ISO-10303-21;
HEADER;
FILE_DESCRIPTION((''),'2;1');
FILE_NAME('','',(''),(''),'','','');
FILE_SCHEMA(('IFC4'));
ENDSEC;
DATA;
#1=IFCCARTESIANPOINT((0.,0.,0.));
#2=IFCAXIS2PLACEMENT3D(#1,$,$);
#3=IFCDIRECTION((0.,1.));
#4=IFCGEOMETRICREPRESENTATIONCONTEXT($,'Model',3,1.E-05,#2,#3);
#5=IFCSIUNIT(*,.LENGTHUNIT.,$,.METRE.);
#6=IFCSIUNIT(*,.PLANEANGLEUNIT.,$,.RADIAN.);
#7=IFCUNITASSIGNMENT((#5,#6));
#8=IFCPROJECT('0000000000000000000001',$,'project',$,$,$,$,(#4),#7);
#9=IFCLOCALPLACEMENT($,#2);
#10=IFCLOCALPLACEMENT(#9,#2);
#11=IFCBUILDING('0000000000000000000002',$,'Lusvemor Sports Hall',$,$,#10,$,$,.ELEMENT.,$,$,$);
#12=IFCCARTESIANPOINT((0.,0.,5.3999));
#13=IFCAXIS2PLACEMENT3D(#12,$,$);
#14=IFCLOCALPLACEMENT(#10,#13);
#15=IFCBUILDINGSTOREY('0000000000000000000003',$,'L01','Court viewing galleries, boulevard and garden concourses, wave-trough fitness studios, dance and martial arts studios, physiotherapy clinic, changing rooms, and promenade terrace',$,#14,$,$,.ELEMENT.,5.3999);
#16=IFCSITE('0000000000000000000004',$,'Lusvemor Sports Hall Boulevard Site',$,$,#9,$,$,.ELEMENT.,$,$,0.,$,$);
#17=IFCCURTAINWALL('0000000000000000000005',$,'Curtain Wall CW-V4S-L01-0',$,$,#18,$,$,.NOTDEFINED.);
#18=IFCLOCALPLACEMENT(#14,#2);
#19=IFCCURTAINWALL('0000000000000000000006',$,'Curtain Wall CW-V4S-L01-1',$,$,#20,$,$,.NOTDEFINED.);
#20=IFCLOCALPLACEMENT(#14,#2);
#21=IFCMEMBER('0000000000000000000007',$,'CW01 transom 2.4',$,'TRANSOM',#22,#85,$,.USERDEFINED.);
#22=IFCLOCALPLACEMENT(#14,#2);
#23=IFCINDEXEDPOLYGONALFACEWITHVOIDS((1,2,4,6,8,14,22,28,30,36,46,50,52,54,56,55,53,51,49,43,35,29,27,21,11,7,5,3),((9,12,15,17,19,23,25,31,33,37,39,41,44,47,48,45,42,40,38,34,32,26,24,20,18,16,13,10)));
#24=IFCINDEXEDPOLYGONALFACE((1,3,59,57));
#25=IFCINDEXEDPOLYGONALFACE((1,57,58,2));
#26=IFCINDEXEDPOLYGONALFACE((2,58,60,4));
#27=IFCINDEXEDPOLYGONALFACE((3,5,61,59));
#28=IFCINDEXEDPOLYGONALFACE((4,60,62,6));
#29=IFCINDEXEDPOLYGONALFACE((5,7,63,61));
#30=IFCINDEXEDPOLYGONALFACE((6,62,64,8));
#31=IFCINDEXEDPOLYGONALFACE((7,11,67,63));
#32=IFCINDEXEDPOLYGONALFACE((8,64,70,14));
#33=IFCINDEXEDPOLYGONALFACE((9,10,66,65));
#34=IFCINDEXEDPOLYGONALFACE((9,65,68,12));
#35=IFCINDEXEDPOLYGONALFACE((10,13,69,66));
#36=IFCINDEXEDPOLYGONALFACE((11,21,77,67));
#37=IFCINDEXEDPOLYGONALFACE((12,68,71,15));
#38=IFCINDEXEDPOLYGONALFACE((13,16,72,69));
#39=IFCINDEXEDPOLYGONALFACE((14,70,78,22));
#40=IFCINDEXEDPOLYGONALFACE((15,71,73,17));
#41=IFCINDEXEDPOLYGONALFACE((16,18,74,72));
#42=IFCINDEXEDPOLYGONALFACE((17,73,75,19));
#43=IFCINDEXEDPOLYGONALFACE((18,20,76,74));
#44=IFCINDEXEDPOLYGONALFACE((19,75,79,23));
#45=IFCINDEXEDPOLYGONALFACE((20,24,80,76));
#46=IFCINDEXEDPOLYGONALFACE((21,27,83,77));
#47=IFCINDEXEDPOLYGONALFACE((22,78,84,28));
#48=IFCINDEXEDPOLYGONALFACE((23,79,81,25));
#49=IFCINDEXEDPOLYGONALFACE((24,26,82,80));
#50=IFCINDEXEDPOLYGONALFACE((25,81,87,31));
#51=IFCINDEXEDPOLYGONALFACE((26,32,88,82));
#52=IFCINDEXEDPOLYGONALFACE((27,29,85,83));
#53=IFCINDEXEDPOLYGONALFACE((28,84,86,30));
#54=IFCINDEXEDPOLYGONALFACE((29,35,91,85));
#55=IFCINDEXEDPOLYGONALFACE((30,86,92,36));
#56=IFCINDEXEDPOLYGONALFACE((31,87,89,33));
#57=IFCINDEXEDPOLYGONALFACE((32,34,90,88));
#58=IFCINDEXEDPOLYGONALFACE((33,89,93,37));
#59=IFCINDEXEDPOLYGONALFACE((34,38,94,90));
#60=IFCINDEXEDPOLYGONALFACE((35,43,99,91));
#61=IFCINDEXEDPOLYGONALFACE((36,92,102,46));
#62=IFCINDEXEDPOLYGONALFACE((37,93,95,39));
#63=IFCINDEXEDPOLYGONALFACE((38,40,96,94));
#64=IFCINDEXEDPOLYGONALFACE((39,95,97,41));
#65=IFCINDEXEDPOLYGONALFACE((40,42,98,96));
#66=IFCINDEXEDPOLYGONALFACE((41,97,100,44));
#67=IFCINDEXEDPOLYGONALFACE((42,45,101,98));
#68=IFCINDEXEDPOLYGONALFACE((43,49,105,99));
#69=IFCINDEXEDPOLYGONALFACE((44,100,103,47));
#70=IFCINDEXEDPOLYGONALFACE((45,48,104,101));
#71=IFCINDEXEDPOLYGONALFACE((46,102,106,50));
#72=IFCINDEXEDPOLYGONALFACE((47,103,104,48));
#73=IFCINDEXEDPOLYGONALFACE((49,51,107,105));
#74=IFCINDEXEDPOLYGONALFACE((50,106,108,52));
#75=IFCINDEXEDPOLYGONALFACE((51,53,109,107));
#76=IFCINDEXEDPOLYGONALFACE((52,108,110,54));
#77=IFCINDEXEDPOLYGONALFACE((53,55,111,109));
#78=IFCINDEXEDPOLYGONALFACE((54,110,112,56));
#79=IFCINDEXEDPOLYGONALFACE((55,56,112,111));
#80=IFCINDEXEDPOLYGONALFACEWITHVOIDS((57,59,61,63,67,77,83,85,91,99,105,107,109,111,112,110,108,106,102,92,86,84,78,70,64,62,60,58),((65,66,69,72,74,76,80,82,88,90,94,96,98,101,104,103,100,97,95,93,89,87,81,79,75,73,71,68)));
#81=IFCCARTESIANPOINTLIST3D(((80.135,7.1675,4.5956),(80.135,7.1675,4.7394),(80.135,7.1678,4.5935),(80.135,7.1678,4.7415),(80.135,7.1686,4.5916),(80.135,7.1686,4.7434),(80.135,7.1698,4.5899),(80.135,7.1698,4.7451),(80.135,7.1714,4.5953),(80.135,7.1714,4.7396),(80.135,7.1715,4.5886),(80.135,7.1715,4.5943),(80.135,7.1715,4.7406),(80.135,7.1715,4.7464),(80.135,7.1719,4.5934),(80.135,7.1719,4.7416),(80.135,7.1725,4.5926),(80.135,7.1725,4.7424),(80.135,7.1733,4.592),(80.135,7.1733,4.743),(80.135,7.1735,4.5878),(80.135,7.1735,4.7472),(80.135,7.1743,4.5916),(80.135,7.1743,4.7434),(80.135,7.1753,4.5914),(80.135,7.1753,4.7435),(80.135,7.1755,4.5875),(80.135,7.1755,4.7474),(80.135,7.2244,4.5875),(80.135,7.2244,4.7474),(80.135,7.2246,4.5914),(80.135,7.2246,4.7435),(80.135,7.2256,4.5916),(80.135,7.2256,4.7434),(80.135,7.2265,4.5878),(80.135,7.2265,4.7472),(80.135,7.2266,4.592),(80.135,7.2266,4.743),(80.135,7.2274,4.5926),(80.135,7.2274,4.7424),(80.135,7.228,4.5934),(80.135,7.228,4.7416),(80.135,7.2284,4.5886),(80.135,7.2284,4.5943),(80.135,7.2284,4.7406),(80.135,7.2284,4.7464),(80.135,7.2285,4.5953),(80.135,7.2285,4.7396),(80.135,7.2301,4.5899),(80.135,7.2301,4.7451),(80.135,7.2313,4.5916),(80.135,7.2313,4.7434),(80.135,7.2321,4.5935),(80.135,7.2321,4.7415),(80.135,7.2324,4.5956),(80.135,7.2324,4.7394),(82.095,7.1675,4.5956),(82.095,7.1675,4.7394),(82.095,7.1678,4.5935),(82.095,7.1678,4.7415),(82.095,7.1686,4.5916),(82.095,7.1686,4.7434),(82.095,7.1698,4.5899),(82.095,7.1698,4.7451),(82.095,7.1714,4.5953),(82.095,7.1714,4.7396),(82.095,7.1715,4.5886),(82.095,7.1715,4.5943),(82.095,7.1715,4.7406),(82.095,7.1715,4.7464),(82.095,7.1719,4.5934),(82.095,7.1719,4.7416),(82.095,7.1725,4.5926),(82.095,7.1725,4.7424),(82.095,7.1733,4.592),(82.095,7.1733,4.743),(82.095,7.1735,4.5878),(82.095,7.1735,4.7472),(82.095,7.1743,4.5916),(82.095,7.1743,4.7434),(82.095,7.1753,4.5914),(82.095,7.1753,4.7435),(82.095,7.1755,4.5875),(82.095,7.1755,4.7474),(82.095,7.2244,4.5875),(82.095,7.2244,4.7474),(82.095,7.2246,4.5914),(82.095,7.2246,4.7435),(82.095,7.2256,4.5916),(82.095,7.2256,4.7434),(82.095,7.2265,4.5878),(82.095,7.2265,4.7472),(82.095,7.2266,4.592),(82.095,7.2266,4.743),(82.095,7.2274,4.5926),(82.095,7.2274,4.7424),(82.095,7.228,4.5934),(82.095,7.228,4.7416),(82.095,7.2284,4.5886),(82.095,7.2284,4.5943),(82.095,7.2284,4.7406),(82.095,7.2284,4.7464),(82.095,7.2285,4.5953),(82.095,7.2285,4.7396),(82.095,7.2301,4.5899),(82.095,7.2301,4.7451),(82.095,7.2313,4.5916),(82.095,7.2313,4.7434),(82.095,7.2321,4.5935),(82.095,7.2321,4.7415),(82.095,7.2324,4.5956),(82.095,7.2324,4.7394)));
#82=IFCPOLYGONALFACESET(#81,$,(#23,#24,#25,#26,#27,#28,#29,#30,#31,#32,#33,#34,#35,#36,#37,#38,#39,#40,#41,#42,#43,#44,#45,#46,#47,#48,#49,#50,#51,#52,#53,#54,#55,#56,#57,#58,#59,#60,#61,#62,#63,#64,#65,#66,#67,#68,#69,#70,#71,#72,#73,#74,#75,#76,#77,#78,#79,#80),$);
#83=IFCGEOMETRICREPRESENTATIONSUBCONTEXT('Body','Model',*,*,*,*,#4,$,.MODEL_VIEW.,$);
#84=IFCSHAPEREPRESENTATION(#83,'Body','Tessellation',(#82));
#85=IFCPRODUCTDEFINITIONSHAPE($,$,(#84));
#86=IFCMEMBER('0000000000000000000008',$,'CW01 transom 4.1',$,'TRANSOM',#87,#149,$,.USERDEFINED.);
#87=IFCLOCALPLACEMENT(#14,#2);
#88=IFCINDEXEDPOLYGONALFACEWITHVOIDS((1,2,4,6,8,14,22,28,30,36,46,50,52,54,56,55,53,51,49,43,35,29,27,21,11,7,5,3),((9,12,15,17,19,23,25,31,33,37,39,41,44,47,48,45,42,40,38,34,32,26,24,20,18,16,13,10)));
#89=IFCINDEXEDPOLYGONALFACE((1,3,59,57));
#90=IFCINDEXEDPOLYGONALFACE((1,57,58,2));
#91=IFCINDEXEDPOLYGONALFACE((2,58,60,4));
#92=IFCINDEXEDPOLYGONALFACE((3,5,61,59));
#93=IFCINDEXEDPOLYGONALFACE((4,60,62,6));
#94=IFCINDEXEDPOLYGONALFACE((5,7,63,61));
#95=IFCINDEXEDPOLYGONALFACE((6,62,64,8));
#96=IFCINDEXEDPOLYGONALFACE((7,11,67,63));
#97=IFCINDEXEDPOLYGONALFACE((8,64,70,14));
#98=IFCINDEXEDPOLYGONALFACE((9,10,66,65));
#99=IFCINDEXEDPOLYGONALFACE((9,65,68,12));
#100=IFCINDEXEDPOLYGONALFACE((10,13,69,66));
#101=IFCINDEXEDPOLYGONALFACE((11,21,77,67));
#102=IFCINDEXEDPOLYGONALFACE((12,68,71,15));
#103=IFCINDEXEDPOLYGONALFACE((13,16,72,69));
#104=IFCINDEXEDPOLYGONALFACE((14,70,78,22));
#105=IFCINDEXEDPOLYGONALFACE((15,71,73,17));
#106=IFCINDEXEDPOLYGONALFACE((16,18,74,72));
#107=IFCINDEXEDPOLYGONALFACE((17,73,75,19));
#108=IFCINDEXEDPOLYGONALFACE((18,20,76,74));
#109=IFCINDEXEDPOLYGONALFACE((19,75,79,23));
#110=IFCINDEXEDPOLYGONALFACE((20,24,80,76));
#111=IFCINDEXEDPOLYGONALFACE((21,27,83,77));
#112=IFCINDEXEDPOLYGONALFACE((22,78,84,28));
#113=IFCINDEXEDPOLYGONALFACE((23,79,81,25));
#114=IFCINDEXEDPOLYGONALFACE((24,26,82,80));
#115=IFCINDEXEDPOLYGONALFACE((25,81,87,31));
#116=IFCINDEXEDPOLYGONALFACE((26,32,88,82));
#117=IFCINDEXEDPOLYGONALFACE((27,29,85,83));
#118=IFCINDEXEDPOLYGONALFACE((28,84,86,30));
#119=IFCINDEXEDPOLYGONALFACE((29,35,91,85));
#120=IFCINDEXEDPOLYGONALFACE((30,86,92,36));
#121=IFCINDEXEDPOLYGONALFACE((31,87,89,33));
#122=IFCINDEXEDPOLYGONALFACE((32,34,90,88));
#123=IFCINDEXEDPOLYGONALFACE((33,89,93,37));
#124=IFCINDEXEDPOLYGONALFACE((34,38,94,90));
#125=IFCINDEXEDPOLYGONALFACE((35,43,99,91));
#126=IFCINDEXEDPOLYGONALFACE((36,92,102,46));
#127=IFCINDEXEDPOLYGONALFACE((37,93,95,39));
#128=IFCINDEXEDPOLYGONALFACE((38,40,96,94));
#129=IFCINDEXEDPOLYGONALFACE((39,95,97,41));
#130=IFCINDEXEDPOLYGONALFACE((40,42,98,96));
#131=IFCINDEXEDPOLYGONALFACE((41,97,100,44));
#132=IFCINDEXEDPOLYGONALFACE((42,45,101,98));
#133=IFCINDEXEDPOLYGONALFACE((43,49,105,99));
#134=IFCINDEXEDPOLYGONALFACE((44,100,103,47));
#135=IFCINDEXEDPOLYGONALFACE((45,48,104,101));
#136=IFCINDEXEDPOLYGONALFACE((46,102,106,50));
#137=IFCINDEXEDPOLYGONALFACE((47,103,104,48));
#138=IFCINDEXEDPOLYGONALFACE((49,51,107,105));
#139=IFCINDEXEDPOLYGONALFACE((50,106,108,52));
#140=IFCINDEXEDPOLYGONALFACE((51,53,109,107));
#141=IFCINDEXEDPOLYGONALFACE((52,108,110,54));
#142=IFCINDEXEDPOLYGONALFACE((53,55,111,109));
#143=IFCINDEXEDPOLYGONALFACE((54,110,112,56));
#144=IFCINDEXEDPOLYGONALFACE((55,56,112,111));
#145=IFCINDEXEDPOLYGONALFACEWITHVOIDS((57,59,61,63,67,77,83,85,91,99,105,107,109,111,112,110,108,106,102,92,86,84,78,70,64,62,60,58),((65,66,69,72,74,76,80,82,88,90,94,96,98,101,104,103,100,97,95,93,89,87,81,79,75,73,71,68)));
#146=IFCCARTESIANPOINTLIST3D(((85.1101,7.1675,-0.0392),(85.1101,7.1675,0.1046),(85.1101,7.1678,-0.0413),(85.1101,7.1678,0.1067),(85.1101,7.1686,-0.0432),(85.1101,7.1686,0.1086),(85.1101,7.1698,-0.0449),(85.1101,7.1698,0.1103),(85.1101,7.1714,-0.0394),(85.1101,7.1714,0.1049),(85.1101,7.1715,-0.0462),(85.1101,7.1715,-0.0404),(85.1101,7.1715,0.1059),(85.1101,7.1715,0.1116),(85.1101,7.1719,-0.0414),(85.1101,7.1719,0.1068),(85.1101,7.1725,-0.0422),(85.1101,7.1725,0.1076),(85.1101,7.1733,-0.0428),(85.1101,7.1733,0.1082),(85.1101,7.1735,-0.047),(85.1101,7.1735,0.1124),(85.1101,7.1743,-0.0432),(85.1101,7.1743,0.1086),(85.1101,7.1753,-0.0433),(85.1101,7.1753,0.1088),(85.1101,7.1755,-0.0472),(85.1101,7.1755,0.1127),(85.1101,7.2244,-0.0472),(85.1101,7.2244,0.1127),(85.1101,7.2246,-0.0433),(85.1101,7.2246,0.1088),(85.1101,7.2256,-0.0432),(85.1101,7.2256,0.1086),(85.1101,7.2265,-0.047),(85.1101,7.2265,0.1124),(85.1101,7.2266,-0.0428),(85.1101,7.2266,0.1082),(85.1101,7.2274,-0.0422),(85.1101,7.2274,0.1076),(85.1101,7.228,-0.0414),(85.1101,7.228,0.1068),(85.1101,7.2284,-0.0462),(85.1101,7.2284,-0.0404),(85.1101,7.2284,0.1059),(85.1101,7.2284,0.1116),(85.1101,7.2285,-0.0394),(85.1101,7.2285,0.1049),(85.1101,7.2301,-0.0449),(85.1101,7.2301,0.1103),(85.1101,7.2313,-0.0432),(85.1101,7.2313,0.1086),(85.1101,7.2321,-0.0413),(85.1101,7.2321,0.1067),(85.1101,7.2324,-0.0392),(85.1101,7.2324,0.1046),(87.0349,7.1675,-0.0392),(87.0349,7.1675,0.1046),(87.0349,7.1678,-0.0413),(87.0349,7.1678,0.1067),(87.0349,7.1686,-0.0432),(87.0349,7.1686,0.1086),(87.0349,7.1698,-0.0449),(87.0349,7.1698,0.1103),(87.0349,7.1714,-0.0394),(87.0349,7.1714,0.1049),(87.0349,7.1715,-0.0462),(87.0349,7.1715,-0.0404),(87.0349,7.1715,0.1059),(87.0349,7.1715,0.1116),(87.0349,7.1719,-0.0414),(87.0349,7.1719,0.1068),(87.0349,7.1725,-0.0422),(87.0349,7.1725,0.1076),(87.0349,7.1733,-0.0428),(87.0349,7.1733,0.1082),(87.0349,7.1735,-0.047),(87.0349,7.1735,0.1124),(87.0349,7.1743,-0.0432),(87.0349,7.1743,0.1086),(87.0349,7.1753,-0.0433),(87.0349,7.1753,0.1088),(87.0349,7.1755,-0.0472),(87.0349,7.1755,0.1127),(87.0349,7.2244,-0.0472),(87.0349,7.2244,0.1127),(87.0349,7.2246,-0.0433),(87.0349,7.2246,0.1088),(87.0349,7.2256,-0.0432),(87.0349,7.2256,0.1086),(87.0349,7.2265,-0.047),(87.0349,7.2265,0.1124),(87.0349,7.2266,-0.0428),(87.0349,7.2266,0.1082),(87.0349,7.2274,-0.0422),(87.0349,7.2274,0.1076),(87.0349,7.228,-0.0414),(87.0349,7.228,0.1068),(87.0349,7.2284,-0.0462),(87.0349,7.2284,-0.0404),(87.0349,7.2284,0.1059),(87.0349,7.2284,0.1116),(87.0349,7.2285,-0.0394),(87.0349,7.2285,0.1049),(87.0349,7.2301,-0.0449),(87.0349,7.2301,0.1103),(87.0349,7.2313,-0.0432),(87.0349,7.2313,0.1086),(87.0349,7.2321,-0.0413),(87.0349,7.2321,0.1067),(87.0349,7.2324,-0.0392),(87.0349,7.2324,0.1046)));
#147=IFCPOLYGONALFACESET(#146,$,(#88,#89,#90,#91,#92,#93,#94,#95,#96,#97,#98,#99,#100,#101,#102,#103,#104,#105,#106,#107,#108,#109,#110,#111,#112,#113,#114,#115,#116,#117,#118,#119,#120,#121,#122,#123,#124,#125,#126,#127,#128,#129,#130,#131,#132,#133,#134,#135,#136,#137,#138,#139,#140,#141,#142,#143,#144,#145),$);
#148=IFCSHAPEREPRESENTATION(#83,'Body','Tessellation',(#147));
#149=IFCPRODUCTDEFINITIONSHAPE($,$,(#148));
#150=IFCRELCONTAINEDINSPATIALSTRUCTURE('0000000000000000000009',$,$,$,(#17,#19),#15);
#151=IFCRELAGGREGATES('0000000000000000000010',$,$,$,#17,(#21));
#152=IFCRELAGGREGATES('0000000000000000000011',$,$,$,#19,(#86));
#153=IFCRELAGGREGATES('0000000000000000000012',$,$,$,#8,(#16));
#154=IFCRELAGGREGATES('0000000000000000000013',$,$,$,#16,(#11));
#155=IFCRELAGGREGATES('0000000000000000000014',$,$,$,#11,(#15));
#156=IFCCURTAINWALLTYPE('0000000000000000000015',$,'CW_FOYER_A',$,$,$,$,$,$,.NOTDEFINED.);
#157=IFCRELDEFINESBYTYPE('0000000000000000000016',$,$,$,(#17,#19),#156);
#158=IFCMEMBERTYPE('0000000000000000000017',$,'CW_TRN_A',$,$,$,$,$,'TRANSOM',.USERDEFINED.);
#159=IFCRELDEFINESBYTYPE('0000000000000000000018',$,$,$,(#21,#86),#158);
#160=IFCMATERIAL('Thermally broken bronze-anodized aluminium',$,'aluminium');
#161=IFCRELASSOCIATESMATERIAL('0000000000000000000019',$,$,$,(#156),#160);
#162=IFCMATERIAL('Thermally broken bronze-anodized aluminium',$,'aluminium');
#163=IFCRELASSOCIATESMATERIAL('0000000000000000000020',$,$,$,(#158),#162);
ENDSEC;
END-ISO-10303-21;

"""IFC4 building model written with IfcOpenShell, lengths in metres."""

from ifc_helpers import new_model, si_unit, direction, frame, origin, origin_2d, place, context, subcontext, project, spatial, hollow_rectangle, extrude, material, material_profile, profile_set, type_object, element, aggregate, save


model = new_model("IFC4")

# Units and contexts
model_context = context("Model", 3, precision=1e-05, world=origin(), true_north=direction((0.0, 1.0)))
body_context = subcontext(model_context, "Body", "Model", "MODEL_VIEW")
ifc_project = project(units=[si_unit("LENGTHUNIT", "METRE"), si_unit("PLANEANGLEUNIT", "RADIAN")], contexts=[model_context])

# Site, building, storey
site_placement = place(None, origin())
site = spatial("IfcSite", under=ifc_project, at=site_placement, Name="Lusvemor Sports Hall Boulevard Site", CompositionType="ELEMENT", RefElevation=0.0)
building_placement = place(site_placement, origin())
building = spatial("IfcBuilding", under=site, at=building_placement, Name="Lusvemor Sports Hall", CompositionType="ELEMENT")
storey_placement = place(building_placement, frame((0.0, 0.0, 5.3999)))
storey = spatial("IfcBuildingStorey", under=building, at=storey_placement, Name="L01", Description="Court viewing galleries, boulevard and garden concourses, wave-trough fitness studios, dance and martial arts studios, physiotherapy clinic, changing rooms, and promenade terrace", CompositionType="ELEMENT", Elevation=5.3999)

# Curtain walls
ifc_material_1 = material(Name="Thermally broken bronze-anodized aluminium", Category="aluminium")
curtain_wall_type = type_object("IfcCurtainWallType", Name="CW_FOYER_A", PredefinedType="NOTDEFINED", material=ifc_material_1)
curtain_wall_1_placement = place(storey_placement, origin())
curtain_wall_1 = element("IfcCurtainWall", 1, at=curtain_wall_1_placement, inside=storey, type_object=curtain_wall_type, Name="Curtain Wall CW-V4S-L01-0", PredefinedType="NOTDEFINED")
curtain_wall_2_placement = place(storey_placement, origin())
curtain_wall_2 = element("IfcCurtainWall", 2, at=curtain_wall_2_placement, inside=storey, type_object=curtain_wall_type, Name="Curtain Wall CW-V4S-L01-1", PredefinedType="NOTDEFINED")

# Members
ifc_material_2 = material(Name="Thermally broken bronze-anodized aluminium", Category="aluminium")
ifc_material_profile_1 = material_profile(ifc_material_2, hollow_rectangle(XDim=0.0649, YDim=0.1599, WallThickness=0.0039, InnerFilletRadius=0.0039, OuterFilletRadius=0.0081, at=origin_2d()), Name="CWTRN160x65x4")
ifc_profile_set_1 = profile_set([ifc_material_profile_1], Name="Thermally broken bronze-anodized aluminium")
member_type_1 = type_object("IfcMemberType", Name="CW_TRN_A", ElementType="TRANSOM", PredefinedType="USERDEFINED", material=ifc_profile_set_1)
member_1_placement = place(storey_placement, frame((82.095, 7.2, 4.6675), z_axis=(-1.0, 0.0, 0.0), x_axis=(0.0, -1.0, 0.0)))
member_1 = element("IfcMember", 3, at=member_1_placement, type_object=member_type_1, Name="CW01 transom 2.4", ObjectType="TRANSOM", PredefinedType="USERDEFINED", context=body_context, shape_type="SweptSolid", body=[
    extrude(hollow_rectangle(XDim=0.0649, YDim=0.1599, WallThickness=0.0039, InnerFilletRadius=0.0039, OuterFilletRadius=0.0081, at=origin_2d()), origin(), (0.0, 0.0, 1.0), 1.96),
])
member_2_placement = place(storey_placement, frame((87.0349, 7.2, 0.0327), z_axis=(-1.0, 0.0, 0.0), x_axis=(0.0, -1.0, 0.0)))
member_2 = element("IfcMember", 4, at=member_2_placement, type_object=member_type_1, Name="CW01 transom 4.1", ObjectType="TRANSOM", PredefinedType="USERDEFINED", context=body_context, shape_type="SweptSolid", body=[
    extrude(hollow_rectangle(XDim=0.0649, YDim=0.1599, WallThickness=0.0039, InnerFilletRadius=0.0039, OuterFilletRadius=0.0081, at=origin_2d()), origin(), (0.0, 0.0, 1.0), 1.9248),
])

aggregate(curtain_wall_1, [member_1])
aggregate(curtain_wall_2, [member_2])

save(model, "model.ifc")
